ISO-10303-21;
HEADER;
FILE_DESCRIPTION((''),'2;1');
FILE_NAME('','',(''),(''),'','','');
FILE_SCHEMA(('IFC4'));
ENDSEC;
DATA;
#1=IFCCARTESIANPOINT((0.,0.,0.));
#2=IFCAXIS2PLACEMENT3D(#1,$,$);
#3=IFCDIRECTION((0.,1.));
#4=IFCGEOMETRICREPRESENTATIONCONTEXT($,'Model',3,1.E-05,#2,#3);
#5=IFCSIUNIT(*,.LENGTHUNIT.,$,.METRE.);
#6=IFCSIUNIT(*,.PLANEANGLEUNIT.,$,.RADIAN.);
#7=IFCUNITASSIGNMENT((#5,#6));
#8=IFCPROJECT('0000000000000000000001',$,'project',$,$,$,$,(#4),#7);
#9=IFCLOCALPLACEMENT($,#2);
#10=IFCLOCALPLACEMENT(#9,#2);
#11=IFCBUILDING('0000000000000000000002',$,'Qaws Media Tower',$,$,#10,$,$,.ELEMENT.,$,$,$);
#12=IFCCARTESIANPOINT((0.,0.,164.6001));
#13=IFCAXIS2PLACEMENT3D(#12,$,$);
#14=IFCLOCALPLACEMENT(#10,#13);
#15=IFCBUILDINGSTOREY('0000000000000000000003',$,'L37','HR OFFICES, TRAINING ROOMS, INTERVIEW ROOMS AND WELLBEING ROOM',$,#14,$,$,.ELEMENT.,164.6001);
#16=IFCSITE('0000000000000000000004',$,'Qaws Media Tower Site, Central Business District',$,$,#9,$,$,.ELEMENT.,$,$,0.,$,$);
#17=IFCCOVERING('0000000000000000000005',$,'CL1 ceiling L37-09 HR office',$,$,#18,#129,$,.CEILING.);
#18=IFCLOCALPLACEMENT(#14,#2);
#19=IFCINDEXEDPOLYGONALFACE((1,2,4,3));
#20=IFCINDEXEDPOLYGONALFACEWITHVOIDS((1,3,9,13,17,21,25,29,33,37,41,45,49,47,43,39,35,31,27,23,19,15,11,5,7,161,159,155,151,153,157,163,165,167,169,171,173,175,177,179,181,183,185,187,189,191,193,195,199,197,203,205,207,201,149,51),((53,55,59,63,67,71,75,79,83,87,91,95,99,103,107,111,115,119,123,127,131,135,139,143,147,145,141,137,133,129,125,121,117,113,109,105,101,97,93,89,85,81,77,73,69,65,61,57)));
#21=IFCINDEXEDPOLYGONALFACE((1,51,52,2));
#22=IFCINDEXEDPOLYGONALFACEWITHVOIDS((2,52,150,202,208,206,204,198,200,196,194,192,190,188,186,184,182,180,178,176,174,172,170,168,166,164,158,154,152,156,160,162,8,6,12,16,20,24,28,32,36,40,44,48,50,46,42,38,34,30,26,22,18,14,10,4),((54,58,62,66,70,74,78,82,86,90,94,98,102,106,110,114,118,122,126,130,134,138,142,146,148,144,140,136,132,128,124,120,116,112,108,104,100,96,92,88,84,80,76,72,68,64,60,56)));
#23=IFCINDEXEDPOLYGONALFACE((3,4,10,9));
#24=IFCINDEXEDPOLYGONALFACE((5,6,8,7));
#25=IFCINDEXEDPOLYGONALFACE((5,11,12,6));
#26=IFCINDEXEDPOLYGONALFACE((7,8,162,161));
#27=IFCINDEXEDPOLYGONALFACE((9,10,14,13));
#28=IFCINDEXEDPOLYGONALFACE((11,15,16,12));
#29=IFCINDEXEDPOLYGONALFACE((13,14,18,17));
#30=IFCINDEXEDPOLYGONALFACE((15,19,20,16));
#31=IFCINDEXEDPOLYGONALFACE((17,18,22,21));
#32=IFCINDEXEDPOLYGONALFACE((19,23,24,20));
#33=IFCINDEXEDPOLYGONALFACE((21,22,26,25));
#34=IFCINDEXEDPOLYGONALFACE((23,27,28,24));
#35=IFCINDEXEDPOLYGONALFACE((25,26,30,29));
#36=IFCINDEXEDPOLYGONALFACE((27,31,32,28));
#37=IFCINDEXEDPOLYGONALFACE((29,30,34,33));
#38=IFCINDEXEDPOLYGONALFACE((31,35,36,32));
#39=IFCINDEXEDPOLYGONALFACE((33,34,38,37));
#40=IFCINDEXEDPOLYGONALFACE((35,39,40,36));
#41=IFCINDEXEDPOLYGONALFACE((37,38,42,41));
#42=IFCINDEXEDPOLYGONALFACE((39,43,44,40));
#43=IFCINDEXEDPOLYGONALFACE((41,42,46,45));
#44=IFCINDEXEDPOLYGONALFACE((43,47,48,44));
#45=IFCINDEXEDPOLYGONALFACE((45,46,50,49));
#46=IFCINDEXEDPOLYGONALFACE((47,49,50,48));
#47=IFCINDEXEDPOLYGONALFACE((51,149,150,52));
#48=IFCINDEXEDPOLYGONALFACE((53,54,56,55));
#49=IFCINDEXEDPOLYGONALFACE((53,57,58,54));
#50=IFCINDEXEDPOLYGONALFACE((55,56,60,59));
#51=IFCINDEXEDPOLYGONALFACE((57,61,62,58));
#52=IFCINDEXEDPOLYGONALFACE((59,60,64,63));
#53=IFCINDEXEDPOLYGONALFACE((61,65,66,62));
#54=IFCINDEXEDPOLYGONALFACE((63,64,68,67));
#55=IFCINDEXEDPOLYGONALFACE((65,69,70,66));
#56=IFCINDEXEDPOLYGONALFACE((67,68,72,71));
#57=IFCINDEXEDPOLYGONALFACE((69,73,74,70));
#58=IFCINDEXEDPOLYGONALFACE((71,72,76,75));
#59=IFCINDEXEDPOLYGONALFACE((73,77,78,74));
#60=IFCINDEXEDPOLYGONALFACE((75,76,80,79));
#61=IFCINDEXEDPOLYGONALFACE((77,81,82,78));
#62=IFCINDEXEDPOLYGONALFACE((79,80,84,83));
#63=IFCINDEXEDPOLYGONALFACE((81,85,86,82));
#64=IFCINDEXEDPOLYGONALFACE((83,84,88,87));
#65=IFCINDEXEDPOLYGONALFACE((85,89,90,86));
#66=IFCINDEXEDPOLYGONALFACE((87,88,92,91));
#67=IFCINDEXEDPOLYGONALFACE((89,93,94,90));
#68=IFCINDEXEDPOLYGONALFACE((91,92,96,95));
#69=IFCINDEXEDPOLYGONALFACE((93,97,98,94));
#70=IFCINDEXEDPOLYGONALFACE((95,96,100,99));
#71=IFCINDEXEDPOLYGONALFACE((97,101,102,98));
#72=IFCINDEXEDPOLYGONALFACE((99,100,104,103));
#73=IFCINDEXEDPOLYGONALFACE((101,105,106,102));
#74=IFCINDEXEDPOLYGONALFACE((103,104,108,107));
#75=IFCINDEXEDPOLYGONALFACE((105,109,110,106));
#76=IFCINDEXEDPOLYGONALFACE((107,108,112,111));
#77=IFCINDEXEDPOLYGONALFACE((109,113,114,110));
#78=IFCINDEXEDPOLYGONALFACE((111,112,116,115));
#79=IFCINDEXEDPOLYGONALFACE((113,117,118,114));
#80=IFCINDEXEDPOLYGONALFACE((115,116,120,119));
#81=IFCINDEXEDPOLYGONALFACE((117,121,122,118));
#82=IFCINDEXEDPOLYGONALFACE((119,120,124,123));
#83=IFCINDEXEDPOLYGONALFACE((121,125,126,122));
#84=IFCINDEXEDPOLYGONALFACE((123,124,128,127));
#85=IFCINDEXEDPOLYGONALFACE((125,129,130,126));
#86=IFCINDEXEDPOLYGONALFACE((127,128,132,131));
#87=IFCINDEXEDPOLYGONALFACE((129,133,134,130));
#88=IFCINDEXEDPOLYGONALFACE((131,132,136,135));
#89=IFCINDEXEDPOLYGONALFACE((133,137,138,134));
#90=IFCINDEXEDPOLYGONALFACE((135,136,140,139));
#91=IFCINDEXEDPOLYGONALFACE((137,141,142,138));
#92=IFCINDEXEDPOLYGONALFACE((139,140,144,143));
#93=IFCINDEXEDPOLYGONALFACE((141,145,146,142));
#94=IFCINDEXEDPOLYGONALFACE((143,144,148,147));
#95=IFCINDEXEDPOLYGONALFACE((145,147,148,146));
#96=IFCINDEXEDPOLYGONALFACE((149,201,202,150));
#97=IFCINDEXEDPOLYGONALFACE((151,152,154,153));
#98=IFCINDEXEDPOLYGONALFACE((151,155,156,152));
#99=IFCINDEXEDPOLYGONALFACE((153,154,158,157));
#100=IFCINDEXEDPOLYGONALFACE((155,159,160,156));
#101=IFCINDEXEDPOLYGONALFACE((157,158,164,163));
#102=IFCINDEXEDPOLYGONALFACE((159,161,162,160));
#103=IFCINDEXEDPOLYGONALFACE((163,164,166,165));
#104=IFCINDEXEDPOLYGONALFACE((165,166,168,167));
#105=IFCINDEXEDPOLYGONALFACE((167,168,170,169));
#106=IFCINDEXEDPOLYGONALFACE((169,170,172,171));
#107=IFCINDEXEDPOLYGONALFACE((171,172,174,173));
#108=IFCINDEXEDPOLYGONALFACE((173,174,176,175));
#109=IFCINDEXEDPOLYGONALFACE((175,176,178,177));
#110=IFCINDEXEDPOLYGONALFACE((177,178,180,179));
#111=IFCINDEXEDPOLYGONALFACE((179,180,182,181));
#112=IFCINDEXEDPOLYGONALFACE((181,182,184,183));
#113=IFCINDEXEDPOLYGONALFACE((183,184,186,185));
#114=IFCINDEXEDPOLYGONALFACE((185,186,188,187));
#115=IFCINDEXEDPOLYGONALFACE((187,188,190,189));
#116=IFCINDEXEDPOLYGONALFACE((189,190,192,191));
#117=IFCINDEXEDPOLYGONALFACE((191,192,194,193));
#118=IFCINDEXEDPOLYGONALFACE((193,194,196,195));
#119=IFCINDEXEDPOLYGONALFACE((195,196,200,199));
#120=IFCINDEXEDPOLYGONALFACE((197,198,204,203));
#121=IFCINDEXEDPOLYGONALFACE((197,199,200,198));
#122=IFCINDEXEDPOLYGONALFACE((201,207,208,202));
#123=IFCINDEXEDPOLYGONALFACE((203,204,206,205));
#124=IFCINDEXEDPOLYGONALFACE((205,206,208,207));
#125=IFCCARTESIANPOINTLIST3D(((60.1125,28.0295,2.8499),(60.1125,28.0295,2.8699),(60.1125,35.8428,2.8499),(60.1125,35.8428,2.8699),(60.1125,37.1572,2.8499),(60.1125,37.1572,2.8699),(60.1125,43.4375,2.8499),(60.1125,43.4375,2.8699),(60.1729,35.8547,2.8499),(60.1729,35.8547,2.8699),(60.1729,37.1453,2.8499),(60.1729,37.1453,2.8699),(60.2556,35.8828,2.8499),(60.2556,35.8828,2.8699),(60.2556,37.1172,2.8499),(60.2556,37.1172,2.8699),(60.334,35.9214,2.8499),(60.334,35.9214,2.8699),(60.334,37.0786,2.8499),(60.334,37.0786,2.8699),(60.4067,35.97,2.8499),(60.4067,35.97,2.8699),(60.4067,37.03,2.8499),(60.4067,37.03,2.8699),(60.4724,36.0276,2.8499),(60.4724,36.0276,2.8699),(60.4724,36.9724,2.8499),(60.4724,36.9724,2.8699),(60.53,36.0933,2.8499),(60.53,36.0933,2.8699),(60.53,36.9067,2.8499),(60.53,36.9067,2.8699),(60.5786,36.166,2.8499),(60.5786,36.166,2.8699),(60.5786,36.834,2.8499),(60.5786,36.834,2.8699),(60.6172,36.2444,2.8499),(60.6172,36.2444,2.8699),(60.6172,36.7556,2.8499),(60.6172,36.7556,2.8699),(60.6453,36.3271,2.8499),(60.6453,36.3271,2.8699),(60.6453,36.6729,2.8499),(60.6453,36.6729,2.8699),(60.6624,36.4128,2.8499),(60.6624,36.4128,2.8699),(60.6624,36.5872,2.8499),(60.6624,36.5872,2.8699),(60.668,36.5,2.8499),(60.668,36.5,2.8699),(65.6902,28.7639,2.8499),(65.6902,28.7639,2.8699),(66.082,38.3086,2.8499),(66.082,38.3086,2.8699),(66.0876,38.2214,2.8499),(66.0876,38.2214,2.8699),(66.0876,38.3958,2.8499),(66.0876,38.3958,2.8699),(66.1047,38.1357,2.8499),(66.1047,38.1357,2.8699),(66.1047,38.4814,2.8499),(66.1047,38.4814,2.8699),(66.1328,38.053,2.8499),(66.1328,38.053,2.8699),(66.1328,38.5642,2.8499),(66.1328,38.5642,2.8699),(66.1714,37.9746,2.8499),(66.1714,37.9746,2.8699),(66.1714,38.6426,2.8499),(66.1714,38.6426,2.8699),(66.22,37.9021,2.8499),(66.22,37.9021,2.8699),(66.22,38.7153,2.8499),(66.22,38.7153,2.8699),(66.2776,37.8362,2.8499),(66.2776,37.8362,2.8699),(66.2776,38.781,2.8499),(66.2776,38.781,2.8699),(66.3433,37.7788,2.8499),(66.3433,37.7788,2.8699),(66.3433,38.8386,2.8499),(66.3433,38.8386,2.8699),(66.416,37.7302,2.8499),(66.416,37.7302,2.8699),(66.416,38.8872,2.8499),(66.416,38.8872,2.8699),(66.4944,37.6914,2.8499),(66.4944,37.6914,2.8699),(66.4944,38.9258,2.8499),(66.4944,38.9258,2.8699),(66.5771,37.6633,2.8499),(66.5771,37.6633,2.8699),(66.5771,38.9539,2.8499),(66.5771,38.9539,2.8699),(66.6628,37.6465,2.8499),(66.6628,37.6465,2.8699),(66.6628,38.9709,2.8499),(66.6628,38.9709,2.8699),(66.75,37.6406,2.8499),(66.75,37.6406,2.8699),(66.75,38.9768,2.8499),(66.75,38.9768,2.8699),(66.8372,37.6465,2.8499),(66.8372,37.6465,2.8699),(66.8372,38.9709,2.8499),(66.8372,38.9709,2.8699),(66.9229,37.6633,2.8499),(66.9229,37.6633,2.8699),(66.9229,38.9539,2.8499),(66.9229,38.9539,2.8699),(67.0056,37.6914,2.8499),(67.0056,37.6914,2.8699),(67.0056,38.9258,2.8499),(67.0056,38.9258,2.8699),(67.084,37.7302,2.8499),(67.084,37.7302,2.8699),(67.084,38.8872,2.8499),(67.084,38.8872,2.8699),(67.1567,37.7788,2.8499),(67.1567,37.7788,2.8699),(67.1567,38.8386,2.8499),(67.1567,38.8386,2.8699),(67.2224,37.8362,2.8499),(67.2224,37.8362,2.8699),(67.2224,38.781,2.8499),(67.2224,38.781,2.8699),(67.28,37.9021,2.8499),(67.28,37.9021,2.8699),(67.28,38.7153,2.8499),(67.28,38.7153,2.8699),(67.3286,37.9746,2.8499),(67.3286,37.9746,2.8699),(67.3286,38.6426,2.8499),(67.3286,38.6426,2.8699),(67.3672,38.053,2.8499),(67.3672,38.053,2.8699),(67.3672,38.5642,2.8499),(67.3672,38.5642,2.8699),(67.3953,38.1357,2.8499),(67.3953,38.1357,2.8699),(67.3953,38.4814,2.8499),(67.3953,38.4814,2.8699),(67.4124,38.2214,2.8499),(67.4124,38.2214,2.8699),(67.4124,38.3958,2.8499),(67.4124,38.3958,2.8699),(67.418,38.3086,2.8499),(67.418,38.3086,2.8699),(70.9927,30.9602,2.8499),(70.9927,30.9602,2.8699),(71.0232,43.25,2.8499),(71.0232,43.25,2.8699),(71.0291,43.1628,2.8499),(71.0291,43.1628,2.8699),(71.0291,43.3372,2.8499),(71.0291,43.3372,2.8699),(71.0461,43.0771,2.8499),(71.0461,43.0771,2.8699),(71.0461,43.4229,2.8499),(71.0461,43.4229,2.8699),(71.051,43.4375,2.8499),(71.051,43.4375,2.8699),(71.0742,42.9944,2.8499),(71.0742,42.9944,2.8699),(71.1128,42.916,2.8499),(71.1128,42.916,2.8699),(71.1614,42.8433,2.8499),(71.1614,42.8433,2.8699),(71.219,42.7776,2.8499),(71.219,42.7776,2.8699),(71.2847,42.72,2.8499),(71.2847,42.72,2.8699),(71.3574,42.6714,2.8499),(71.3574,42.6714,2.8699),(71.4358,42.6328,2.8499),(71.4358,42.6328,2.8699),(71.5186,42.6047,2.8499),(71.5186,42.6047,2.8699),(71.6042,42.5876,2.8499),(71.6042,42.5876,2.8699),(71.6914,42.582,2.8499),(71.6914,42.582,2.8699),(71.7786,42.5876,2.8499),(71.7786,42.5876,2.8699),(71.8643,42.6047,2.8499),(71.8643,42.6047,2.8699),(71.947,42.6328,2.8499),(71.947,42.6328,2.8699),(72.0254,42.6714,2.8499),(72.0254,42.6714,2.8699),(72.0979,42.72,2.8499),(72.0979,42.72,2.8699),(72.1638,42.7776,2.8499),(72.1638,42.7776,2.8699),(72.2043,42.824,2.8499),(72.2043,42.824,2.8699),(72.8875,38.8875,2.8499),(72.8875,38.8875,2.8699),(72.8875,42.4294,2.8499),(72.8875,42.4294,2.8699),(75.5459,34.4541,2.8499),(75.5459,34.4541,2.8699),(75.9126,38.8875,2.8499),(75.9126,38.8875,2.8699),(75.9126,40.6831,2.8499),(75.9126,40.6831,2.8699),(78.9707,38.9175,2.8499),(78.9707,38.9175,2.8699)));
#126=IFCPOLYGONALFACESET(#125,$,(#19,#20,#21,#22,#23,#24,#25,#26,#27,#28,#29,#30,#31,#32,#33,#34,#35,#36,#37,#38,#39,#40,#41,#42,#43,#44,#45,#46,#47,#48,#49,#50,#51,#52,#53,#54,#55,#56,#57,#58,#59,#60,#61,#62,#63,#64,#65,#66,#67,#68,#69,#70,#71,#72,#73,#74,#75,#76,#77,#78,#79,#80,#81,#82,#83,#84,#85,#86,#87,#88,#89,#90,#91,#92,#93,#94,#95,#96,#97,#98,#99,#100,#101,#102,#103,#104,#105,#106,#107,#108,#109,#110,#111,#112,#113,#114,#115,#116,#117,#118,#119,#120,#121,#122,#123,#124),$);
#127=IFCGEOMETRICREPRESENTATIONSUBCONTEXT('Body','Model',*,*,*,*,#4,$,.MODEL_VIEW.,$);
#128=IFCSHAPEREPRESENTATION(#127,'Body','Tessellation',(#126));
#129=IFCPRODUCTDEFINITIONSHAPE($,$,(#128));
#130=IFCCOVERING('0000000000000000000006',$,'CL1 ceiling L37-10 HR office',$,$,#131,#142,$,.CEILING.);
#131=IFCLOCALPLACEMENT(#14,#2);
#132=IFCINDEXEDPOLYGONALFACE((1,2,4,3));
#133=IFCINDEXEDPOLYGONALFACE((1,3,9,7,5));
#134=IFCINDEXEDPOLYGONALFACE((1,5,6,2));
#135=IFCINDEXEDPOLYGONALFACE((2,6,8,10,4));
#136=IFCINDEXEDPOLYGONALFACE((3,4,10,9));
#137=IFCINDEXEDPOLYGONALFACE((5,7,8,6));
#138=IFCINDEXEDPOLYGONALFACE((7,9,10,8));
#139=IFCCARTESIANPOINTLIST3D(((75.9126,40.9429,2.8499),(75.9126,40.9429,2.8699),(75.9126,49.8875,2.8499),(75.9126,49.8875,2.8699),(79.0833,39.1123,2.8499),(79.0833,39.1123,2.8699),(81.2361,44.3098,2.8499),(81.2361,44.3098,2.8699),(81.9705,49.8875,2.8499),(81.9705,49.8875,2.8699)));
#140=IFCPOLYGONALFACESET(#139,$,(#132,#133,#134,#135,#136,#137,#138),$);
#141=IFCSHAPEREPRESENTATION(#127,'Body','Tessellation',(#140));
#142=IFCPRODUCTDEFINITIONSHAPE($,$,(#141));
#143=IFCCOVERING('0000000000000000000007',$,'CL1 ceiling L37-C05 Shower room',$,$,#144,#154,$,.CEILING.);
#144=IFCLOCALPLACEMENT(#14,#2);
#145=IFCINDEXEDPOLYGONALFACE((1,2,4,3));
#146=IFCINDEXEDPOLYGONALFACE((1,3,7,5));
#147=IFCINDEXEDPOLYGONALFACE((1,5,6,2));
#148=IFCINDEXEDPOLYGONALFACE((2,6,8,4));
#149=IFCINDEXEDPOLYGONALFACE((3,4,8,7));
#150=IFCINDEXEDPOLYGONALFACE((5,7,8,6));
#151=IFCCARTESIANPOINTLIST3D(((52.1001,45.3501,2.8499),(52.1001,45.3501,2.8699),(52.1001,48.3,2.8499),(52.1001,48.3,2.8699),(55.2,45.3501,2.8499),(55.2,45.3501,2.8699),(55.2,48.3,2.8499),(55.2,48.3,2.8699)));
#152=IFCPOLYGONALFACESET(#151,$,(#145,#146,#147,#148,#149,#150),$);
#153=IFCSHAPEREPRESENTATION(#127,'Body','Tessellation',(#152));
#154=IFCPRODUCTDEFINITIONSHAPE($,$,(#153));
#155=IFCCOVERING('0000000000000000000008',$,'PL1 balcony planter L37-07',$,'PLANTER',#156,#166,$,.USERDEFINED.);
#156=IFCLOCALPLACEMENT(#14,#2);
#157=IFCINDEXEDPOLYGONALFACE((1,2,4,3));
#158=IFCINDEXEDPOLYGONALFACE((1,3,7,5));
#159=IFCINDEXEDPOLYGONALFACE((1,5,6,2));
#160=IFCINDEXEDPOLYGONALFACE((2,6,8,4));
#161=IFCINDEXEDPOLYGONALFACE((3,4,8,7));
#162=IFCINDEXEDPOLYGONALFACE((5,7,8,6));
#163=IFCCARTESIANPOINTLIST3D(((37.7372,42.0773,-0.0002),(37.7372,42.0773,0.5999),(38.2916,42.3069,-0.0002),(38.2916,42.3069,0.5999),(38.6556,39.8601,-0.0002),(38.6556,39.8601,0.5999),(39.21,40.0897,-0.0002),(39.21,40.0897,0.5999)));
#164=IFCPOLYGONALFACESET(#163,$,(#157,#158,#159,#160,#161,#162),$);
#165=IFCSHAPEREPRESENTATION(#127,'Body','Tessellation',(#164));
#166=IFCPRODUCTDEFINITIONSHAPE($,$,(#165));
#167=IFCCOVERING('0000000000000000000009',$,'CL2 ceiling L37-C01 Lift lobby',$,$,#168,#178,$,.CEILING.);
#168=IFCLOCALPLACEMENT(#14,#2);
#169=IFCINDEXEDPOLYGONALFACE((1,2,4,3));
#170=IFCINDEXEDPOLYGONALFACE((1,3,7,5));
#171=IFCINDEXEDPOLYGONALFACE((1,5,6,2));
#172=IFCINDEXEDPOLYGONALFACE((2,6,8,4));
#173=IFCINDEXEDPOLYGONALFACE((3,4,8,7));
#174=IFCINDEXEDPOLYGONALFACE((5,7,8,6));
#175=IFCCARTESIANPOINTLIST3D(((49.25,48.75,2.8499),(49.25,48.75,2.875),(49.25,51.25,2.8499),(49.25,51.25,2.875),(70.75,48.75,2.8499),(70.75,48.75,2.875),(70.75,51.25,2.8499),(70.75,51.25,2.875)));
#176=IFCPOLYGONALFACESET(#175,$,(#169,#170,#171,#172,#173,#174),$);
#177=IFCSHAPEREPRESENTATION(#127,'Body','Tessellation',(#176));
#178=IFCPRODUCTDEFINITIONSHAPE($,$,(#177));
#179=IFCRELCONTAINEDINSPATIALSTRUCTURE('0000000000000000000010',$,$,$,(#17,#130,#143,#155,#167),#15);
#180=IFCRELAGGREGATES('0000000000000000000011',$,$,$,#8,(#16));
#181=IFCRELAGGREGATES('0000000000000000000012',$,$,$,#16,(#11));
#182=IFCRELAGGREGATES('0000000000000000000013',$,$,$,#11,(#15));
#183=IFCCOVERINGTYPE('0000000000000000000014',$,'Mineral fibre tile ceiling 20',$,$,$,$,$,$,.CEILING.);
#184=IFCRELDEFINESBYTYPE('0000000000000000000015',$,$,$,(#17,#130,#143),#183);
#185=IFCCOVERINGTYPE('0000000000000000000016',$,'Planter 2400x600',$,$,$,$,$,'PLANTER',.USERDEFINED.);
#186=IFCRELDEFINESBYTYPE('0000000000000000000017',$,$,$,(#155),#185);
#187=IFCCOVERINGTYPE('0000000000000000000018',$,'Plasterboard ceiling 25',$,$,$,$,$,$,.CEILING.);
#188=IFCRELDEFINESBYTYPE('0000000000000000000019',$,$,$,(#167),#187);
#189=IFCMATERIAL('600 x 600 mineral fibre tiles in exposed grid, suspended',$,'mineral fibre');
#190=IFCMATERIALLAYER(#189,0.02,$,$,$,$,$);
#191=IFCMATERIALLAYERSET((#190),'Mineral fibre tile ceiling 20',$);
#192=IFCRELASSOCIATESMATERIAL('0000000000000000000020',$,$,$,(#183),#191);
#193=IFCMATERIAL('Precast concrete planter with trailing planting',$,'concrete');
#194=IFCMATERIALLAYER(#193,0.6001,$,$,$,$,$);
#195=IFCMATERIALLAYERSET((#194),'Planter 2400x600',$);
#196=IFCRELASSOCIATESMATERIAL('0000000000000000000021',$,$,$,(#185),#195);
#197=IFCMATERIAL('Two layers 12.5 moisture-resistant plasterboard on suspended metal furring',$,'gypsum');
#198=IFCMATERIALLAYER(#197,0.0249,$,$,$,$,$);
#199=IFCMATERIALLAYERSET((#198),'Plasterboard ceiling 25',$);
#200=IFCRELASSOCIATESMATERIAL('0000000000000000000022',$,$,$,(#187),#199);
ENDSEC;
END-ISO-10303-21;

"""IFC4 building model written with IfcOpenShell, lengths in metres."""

from ifc_helpers import new_model, si_unit, direction, frame, origin, origin_2d, place, context, subcontext, project, spatial, polyline, rectangle, outline, extrude, material, layer, layer_set, type_object, element, save


model = new_model("IFC4")

# Units and contexts
model_context = context("Model", 3, precision=1e-05, world=origin(), true_north=direction((0.0, 1.0)))
body_context = subcontext(model_context, "Body", "Model", "MODEL_VIEW")
ifc_project = project(units=[si_unit("LENGTHUNIT", "METRE"), si_unit("PLANEANGLEUNIT", "RADIAN")], contexts=[model_context])

# Site, building, storey
site_placement = place(None, origin())
site = spatial("IfcSite", under=ifc_project, at=site_placement, Name="Qaws Media Tower Site, Central Business District", CompositionType="ELEMENT", RefElevation=0.0)
building_placement = place(site_placement, origin())
building = spatial("IfcBuilding", under=site, at=building_placement, Name="Qaws Media Tower", CompositionType="ELEMENT")
storey_placement = place(building_placement, frame((0.0, 0.0, 164.6001)))
storey = spatial("IfcBuildingStorey", under=building, at=storey_placement, Name="L37", Description="HR OFFICES, TRAINING ROOMS, INTERVIEW ROOMS AND WELLBEING ROOM", CompositionType="ELEMENT", Elevation=164.6001)

# Coverings
ifc_material_1 = material(Name="600 x 600 mineral fibre tiles in exposed grid, suspended", Category="mineral fibre")
ifc_layer_1 = layer(ifc_material_1, 0.02)
ifc_layer_set_1 = layer_set([ifc_layer_1], Name="Mineral fibre tile ceiling 20")
covering_type_1 = type_object("IfcCoveringType", Name="Mineral fibre tile ceiling 20", PredefinedType="CEILING", material=ifc_layer_set_1)
covering_1_placement = place(storey_placement, frame((0.0, 0.0, 2.8499)))
element("IfcCovering", 1, at=covering_1_placement, inside=storey, type_object=covering_type_1, Name="CL1 ceiling L37-09 HR office", PredefinedType="CEILING", context=body_context, shape_type="SweptSolid", body=[
    extrude(outline(polyline([(72.8875, 38.8875), (75.9126, 38.8875), (75.9126, 40.6831), (78.9707, 38.9175), (75.5459, 34.4541), (70.9927, 30.9602), (65.6902, 28.7639), (60.1125, 28.0295), (60.1125, 35.8428), (60.1729, 35.8547), (60.2556, 35.8828), (60.334, 35.9214), (60.4067, 35.97), (60.4724, 36.0276), (60.53, 36.0933), (60.5786, 36.166), (60.6172, 36.2444), (60.6453, 36.3271), (60.6624, 36.4128), (60.668, 36.5), (60.6624, 36.5872), (60.6453, 36.6729), (60.6172, 36.7556), (60.5786, 36.834), (60.53, 36.9067), (60.4724, 36.9724), (60.4067, 37.03), (60.334, 37.0786), (60.2556, 37.1172), (60.1729, 37.1453), (60.1125, 37.1572), (60.1125, 43.4375), (71.051, 43.4375), (71.0461, 43.4229), (71.0291, 43.3372), (71.0232, 43.25), (71.0291, 43.1628), (71.0461, 43.0771), (71.0742, 42.9944), (71.1128, 42.916), (71.1614, 42.8433), (71.219, 42.7776), (71.2847, 42.72), (71.3574, 42.6714), (71.4358, 42.6328), (71.5186, 42.6047), (71.6042, 42.5876), (71.6914, 42.582), (71.7786, 42.5876), (71.8643, 42.6047), (71.947, 42.6328), (72.0254, 42.6714), (72.0979, 42.72), (72.1638, 42.7776), (72.2043, 42.824), (72.8875, 42.4294), (72.8875, 38.8875)]), holes=[polyline([(67.3672, 38.053), (67.3953, 38.1357), (67.4124, 38.2214), (67.418, 38.3086), (67.4124, 38.3958), (67.3953, 38.4814), (67.3672, 38.5642), (67.3286, 38.6426), (67.28, 38.7153), (67.2224, 38.781), (67.1567, 38.8386), (67.084, 38.8872), (67.0056, 38.9258), (66.9229, 38.9539), (66.8372, 38.9709), (66.75, 38.9768), (66.6628, 38.9709), (66.5771, 38.9539), (66.4944, 38.9258), (66.416, 38.8872), (66.3433, 38.8386), (66.2776, 38.781), (66.22, 38.7153), (66.1714, 38.6426), (66.1328, 38.5642), (66.1047, 38.4814), (66.0876, 38.3958), (66.082, 38.3086), (66.0876, 38.2214), (66.1047, 38.1357), (66.1328, 38.053), (66.1714, 37.9746), (66.22, 37.9021), (66.2776, 37.8362), (66.3433, 37.7788), (66.416, 37.7302), (66.4944, 37.6914), (66.5771, 37.6633), (66.6628, 37.6465), (66.75, 37.6406), (66.8372, 37.6465), (66.9229, 37.6633), (67.0056, 37.6914), (67.084, 37.7302), (67.1567, 37.7788), (67.2224, 37.8362), (67.28, 37.9021), (67.3286, 37.9746), (67.3672, 38.053)])]), origin(), (0.0, 0.0, 1.0), 0.02),
])
covering_2_placement = place(storey_placement, frame((0.0, 0.0, 2.8499)))
element("IfcCovering", 2, at=covering_2_placement, inside=storey, type_object=covering_type_1, Name="CL1 ceiling L37-10 HR office", PredefinedType="CEILING", context=body_context, shape_type="SweptSolid", body=[
    extrude(outline(polyline([(81.2361, 44.3098), (79.0833, 39.1123), (75.9126, 40.9429), (75.9126, 49.8875), (81.9705, 49.8875), (81.2361, 44.3098)])), origin(), (0.0, 0.0, 1.0), 0.02),
])
covering_3_placement = place(storey_placement, frame((0.0, 0.0, 2.8499)))
element("IfcCovering", 3, at=covering_3_placement, inside=storey, type_object=covering_type_1, Name="CL1 ceiling L37-C05 Shower room", PredefinedType="CEILING", context=body_context, shape_type="SweptSolid", body=[
    extrude(outline(polyline([(52.1001, 45.3501), (52.1001, 48.3), (55.2, 48.3), (55.2, 45.3501), (52.1001, 45.3501)])), origin(), (0.0, 0.0, 1.0), 0.02),
])
ifc_material_2 = material(Name="Precast concrete planter with trailing planting", Category="concrete")
ifc_layer_2 = layer(ifc_material_2, 0.6001)
ifc_layer_set_2 = layer_set([ifc_layer_2], Name="Planter 2400x600")
covering_type_2 = type_object("IfcCoveringType", Name="Planter 2400x600", ElementType="PLANTER", PredefinedType="USERDEFINED", material=ifc_layer_set_2)
covering_4_placement = place(storey_placement, frame((38.4736, 41.0835, -0.0002), z_axis=(0.0, 0.0, 1.0), x_axis=(0.382683, -0.92388, 0.0)))
element("IfcCovering", 4, at=covering_4_placement, inside=storey, type_object=covering_type_2, Name="PL1 balcony planter L37-07", ObjectType="PLANTER", PredefinedType="USERDEFINED", context=body_context, shape_type="SweptSolid", body=[
    extrude(rectangle(XDim=2.3999, YDim=0.6001, at=origin_2d()), origin(), (0.0, 0.0, 1.0), 0.6001),
])
ifc_material_3 = material(Name="Two layers 12.5 moisture-resistant plasterboard on suspended metal furring", Category="gypsum")
ifc_layer_3 = layer(ifc_material_3, 0.0249)
ifc_layer_set_3 = layer_set([ifc_layer_3], Name="Plasterboard ceiling 25")
covering_type_3 = type_object("IfcCoveringType", Name="Plasterboard ceiling 25", PredefinedType="CEILING", material=ifc_layer_set_3)
covering_5_placement = place(storey_placement, frame((0.0, 0.0, 2.8499)))
element("IfcCovering", 5, at=covering_5_placement, inside=storey, type_object=covering_type_3, Name="CL2 ceiling L37-C01 Lift lobby", PredefinedType="CEILING", context=body_context, shape_type="SweptSolid", body=[
    extrude(outline(polyline([(49.25, 48.75), (49.25, 51.25), (70.75, 51.25), (70.75, 48.75), (49.25, 48.75)])), origin(), (0.0, 0.0, 1.0), 0.0251),
])

save(model, "model.ifc")
